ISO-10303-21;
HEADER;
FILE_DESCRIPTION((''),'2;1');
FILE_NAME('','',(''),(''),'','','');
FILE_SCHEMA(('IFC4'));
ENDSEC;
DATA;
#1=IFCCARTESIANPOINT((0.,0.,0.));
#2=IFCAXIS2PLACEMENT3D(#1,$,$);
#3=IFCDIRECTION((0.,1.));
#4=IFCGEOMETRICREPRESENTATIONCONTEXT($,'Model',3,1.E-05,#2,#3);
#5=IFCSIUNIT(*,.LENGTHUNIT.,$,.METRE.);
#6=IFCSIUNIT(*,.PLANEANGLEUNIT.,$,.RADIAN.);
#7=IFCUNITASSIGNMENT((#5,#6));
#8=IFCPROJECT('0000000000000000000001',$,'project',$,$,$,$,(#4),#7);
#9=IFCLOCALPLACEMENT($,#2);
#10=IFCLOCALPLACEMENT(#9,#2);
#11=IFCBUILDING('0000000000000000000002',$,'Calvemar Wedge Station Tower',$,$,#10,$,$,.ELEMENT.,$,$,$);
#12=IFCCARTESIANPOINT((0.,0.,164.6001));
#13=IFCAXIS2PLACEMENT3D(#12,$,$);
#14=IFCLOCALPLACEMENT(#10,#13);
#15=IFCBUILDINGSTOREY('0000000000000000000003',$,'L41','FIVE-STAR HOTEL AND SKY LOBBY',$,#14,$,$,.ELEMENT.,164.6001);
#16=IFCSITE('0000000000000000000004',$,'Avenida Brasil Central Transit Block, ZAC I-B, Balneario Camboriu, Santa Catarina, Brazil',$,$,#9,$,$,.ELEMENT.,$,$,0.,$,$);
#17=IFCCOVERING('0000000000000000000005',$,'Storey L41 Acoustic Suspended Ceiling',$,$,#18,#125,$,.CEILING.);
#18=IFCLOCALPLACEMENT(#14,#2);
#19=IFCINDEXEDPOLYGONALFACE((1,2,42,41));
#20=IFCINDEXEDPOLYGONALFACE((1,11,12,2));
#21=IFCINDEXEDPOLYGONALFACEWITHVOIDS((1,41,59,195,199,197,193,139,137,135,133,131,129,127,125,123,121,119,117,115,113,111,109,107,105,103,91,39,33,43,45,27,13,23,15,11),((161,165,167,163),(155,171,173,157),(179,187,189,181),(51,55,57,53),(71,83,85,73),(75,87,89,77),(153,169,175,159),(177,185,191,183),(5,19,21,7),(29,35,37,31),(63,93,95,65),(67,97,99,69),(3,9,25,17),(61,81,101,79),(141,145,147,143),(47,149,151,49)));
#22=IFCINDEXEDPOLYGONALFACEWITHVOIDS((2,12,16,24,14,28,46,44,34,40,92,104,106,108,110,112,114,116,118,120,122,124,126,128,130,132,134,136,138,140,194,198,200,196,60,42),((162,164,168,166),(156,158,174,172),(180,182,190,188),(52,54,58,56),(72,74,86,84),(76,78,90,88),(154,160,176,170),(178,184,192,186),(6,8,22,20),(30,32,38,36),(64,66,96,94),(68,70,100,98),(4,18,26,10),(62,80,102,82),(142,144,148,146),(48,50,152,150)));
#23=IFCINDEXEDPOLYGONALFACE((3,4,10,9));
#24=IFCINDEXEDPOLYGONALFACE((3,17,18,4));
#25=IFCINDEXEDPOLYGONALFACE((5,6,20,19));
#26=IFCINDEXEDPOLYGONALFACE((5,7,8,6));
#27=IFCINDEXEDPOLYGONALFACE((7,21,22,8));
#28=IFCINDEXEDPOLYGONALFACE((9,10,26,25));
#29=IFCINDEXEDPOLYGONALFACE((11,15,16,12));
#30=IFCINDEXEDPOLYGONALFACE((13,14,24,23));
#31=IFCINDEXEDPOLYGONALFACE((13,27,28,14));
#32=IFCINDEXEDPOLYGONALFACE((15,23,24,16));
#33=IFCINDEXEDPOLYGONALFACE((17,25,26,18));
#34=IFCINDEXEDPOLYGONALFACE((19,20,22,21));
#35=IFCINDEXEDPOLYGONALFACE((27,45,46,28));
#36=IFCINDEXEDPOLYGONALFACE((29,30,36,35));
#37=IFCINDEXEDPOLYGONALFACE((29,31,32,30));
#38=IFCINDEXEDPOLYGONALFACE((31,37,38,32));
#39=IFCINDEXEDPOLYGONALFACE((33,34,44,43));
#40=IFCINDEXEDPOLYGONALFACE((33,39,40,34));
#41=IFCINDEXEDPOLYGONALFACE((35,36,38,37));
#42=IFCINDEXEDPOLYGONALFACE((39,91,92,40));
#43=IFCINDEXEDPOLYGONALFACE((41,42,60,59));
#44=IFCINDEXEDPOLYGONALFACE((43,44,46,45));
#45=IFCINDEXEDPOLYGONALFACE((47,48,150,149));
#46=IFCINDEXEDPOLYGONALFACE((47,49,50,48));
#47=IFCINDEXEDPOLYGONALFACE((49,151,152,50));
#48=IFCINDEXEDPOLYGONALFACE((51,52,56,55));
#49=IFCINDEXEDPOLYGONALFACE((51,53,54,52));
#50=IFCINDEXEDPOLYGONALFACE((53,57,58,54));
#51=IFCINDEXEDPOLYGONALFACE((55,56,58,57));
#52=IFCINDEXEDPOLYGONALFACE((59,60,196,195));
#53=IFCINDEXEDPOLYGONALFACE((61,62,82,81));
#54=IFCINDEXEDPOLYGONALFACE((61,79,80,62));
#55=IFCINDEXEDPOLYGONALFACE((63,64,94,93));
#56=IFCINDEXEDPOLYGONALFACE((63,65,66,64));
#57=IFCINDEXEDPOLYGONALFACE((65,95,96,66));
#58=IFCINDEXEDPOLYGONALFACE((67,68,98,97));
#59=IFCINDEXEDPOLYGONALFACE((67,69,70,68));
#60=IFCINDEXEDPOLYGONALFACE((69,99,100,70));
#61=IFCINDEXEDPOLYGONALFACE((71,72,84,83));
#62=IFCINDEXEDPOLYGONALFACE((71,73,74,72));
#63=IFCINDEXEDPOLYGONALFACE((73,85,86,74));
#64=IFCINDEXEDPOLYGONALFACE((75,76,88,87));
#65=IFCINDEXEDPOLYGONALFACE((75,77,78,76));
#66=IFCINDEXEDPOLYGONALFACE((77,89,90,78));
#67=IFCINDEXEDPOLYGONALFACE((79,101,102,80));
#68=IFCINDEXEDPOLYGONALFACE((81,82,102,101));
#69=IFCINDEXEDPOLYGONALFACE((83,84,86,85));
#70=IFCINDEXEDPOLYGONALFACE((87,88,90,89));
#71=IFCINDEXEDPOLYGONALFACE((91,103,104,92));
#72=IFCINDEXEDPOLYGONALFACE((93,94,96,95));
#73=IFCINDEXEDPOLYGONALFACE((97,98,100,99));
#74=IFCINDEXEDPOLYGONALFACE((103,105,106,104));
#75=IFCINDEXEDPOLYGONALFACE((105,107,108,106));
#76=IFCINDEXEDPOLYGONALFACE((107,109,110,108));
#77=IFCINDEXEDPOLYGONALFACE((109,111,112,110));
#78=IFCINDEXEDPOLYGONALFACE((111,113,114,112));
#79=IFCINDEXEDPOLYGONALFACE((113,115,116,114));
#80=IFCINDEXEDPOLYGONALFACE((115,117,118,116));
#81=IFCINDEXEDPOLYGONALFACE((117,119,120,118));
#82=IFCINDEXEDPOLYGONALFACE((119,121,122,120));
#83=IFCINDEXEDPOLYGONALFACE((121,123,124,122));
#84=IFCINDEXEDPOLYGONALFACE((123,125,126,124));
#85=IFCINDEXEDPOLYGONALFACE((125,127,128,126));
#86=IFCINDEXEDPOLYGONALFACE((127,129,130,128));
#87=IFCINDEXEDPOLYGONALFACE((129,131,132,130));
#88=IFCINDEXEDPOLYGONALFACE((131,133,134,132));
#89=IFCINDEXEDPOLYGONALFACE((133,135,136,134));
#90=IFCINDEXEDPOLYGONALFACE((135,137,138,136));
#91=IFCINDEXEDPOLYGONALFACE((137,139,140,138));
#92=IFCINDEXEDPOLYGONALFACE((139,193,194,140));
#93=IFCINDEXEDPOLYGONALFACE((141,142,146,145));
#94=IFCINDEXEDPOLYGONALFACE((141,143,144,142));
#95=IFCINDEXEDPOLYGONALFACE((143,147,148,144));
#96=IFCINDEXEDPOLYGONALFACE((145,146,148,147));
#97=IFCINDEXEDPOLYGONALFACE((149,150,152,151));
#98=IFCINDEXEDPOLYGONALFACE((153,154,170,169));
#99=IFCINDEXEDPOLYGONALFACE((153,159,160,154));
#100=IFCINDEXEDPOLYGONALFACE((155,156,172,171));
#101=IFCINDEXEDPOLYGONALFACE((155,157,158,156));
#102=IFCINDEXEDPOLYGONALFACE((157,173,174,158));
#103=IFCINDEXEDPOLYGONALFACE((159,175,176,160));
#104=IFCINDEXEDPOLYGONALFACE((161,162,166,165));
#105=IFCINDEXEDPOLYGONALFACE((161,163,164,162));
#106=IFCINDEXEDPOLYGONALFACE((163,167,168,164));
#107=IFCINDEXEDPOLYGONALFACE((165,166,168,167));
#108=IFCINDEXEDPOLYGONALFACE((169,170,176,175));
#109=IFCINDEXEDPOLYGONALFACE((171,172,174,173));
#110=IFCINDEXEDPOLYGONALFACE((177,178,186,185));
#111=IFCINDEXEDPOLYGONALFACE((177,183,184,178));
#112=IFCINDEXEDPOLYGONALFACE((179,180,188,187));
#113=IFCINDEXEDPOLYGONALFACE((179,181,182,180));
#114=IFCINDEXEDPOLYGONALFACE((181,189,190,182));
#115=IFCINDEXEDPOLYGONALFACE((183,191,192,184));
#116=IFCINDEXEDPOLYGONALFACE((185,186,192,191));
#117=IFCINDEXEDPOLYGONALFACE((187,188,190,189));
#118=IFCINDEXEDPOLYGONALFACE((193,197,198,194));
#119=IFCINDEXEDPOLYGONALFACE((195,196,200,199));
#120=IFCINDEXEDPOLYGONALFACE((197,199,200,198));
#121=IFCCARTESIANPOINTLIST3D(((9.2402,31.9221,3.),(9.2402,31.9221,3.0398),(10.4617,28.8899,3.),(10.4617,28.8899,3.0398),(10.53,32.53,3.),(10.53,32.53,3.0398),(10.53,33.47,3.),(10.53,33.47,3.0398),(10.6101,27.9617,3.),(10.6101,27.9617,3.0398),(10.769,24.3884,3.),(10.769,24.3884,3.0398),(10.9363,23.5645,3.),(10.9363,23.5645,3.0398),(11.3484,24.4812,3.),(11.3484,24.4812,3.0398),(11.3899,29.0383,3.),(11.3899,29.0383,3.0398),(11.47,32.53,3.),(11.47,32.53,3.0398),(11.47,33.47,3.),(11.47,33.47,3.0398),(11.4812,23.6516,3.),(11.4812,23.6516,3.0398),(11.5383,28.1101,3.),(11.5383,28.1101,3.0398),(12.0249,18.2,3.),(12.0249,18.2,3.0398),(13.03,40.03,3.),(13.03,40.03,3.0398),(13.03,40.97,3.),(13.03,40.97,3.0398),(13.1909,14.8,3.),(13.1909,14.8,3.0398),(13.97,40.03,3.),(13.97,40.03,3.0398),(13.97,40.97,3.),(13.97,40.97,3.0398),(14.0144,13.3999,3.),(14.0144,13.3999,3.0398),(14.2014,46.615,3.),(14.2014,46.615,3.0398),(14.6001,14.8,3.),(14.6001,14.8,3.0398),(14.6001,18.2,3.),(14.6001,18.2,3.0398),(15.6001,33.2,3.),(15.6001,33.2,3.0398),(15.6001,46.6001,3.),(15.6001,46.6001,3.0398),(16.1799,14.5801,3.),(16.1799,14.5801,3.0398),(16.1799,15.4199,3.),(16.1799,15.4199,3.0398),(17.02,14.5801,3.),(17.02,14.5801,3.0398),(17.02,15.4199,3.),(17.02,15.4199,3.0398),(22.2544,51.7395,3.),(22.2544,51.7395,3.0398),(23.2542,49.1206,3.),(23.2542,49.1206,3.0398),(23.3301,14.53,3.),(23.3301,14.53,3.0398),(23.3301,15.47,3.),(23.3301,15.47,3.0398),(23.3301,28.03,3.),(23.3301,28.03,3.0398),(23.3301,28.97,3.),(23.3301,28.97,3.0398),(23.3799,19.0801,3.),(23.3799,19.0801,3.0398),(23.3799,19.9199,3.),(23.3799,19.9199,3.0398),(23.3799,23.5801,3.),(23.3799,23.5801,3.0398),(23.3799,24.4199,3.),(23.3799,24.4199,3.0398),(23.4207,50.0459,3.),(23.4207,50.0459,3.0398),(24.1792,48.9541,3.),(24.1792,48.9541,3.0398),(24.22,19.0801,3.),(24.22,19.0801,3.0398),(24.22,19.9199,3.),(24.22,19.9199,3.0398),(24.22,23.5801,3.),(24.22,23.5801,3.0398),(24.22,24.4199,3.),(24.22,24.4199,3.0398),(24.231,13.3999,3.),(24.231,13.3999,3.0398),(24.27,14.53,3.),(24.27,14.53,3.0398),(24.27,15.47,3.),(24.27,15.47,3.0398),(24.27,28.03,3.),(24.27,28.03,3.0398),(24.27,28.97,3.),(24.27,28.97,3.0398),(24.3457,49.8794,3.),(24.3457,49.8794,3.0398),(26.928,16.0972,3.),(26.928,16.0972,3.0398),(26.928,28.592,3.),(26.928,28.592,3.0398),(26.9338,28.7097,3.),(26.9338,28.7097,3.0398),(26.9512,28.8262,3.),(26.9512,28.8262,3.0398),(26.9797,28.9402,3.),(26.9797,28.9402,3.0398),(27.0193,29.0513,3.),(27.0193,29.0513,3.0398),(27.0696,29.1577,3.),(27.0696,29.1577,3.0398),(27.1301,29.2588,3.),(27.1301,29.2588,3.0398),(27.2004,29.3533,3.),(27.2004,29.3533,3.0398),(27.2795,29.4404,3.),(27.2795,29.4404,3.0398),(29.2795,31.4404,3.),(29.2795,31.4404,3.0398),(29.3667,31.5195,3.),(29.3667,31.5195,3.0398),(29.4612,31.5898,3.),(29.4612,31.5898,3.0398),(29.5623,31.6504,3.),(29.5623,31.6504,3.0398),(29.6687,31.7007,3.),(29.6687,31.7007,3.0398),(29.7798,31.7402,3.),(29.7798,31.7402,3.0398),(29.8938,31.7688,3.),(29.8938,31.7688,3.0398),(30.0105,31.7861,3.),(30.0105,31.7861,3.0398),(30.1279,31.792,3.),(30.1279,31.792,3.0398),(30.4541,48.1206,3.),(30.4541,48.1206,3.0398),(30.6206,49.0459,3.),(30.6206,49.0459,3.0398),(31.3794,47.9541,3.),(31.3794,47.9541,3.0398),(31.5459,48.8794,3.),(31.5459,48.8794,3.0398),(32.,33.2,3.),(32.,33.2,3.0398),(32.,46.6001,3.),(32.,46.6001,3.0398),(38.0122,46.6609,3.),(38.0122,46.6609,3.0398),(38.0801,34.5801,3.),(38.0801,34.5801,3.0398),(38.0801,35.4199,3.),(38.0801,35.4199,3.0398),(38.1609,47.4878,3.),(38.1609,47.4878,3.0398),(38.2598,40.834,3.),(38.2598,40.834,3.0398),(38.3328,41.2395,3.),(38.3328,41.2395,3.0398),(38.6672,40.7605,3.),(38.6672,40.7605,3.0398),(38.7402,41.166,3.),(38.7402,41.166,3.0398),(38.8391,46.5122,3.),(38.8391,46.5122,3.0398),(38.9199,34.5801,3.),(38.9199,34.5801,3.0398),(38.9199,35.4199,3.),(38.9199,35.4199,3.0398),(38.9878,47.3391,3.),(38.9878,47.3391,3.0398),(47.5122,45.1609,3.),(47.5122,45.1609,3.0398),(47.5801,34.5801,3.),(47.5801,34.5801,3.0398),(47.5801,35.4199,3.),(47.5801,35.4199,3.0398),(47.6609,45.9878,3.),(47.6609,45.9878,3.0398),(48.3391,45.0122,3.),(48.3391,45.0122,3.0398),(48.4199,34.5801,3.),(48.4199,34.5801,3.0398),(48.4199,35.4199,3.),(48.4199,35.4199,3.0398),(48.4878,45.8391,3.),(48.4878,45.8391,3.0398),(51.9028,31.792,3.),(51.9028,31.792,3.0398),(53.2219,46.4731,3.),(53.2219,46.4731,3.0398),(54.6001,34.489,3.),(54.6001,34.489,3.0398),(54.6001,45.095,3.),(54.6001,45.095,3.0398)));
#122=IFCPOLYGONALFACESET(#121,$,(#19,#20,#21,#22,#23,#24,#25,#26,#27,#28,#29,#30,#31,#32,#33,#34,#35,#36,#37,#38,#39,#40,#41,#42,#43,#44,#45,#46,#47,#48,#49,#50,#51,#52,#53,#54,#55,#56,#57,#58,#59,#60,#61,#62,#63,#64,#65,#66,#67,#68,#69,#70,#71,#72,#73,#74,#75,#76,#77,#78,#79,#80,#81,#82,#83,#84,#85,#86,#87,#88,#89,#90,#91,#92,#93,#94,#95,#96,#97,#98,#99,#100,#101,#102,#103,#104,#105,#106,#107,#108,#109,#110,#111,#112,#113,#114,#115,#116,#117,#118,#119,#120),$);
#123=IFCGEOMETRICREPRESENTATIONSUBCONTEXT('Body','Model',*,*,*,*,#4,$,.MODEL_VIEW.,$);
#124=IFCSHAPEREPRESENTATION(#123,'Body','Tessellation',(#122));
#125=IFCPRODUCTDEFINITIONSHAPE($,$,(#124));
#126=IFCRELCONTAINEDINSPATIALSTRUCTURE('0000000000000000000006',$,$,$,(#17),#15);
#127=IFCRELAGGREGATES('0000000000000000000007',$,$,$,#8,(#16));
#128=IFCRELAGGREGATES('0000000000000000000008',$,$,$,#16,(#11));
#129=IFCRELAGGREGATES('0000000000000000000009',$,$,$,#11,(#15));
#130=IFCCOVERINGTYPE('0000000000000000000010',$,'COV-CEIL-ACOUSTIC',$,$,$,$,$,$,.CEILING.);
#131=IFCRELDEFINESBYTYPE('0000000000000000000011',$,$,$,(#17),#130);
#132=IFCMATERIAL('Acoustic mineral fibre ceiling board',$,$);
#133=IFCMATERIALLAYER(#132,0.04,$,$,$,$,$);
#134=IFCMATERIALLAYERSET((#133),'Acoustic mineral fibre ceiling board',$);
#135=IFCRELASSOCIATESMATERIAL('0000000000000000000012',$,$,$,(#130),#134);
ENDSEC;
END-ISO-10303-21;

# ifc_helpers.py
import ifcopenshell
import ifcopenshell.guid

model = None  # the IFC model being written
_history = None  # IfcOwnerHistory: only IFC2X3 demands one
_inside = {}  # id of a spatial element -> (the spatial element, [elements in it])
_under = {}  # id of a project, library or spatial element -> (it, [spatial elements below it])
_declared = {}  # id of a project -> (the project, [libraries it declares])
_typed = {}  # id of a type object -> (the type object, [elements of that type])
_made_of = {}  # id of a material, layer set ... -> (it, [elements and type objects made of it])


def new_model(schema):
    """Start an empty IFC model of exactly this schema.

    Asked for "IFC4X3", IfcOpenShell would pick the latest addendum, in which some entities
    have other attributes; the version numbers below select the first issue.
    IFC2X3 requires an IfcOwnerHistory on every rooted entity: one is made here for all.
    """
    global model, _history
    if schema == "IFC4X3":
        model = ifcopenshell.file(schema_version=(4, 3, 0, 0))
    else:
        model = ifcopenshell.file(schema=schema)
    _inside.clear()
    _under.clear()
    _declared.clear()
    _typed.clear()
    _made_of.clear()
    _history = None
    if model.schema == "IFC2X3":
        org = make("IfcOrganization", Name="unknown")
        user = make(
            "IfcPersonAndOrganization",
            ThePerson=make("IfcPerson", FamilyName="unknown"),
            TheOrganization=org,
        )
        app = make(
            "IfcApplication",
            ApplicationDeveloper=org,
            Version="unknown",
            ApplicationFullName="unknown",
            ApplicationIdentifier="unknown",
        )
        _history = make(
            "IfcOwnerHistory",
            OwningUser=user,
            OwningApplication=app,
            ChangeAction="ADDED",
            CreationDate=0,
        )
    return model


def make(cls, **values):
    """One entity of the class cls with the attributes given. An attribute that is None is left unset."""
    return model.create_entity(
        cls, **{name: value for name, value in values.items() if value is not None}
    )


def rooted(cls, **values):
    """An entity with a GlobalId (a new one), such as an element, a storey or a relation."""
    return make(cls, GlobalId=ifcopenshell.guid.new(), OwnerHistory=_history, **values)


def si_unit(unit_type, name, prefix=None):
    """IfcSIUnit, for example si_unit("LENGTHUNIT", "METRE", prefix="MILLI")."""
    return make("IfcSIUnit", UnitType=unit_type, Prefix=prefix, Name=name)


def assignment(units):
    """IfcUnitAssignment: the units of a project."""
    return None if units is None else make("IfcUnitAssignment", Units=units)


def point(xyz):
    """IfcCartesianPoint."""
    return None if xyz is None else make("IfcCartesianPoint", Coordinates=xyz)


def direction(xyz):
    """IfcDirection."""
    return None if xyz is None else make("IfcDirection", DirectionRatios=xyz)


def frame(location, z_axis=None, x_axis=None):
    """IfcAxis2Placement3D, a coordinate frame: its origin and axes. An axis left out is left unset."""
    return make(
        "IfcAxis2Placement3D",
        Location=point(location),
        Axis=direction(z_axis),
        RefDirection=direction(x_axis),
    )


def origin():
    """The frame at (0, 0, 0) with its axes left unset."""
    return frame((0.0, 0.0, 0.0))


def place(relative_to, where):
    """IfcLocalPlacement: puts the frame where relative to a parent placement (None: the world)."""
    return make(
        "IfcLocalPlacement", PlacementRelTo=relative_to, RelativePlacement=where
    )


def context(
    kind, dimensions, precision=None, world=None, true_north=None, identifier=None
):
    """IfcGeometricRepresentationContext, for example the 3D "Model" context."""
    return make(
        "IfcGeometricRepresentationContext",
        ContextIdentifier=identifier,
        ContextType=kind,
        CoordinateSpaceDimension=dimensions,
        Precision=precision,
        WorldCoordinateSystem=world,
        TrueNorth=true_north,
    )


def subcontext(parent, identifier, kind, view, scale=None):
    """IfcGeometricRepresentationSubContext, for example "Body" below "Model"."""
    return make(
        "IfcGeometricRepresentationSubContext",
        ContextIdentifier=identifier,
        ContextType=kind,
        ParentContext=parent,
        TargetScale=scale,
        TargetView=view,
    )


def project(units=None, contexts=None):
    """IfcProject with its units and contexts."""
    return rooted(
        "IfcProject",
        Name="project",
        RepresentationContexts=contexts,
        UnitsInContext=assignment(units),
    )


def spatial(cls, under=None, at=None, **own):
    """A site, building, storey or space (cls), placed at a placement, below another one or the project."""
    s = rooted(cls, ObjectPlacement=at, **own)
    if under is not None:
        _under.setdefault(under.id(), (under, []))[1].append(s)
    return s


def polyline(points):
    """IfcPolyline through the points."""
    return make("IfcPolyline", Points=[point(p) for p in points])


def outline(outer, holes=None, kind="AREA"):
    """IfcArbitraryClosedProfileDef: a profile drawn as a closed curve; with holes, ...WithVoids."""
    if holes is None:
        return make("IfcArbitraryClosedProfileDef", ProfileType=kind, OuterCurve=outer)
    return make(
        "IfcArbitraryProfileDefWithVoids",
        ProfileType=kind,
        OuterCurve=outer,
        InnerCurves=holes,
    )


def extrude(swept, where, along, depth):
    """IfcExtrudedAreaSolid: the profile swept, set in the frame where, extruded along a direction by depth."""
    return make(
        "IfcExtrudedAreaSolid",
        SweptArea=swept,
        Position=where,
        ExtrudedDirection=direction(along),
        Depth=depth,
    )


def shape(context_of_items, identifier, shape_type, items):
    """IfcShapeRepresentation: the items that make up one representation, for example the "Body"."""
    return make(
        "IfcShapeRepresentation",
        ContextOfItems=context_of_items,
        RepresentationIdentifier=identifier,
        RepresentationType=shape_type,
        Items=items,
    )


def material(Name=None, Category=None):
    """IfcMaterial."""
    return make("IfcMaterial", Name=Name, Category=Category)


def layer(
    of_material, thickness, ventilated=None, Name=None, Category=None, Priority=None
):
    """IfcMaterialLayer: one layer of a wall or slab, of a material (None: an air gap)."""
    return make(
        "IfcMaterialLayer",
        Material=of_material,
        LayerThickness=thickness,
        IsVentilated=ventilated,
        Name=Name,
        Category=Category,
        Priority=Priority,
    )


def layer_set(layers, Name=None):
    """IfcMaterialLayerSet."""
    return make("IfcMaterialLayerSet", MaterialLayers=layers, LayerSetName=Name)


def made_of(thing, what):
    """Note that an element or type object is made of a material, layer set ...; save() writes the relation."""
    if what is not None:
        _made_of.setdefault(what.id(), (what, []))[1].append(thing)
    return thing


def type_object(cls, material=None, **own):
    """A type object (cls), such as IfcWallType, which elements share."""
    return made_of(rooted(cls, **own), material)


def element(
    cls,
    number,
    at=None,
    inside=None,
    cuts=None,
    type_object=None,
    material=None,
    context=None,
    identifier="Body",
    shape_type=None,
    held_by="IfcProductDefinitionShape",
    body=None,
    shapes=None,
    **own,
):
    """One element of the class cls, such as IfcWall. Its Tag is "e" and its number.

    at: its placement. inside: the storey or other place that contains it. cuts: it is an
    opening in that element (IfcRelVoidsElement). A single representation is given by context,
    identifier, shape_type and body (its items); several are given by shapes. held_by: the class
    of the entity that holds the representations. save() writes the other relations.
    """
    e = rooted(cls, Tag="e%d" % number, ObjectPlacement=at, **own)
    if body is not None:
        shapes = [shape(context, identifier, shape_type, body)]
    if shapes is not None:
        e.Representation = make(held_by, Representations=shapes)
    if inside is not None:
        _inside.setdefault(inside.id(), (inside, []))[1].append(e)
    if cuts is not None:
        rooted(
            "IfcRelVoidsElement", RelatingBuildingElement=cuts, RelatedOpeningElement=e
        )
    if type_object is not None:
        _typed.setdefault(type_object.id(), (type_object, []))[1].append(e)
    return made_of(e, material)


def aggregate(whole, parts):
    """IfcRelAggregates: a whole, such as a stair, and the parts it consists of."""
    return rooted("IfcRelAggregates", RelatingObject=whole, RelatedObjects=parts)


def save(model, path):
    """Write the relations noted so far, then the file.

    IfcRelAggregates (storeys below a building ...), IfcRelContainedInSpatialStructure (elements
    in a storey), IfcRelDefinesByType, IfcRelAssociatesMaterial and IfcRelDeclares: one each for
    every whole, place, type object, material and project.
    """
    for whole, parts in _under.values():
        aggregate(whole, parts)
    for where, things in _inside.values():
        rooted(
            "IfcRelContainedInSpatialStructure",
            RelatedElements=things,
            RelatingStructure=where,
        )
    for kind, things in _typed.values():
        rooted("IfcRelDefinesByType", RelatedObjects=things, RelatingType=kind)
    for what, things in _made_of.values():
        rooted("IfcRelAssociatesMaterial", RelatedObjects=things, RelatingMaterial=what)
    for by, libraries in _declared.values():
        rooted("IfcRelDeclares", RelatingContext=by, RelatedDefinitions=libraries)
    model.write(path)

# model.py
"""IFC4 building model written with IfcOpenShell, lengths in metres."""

from ifc_helpers import new_model, si_unit, direction, frame, origin, place, context, subcontext, project, spatial, polyline, outline, extrude, material, layer, layer_set, type_object, element, save


model = new_model("IFC4")

# Units and contexts
model_context = context("Model", 3, precision=1e-05, world=origin(), true_north=direction((0.0, 1.0)))
body_context = subcontext(model_context, "Body", "Model", "MODEL_VIEW")
ifc_project = project(units=[si_unit("LENGTHUNIT", "METRE"), si_unit("PLANEANGLEUNIT", "RADIAN")], contexts=[model_context])

# Site, building, storey
site_placement = place(None, origin())
site = spatial("IfcSite", under=ifc_project, at=site_placement, Name="Avenida Brasil Central Transit Block, ZAC I-B, Balneario Camboriu, Santa Catarina, Brazil", CompositionType="ELEMENT", RefElevation=0.0)
building_placement = place(site_placement, origin())
building = spatial("IfcBuilding", under=site, at=building_placement, Name="Calvemar Wedge Station Tower", CompositionType="ELEMENT")
storey_placement = place(building_placement, frame((0.0, 0.0, 164.6001)))
storey = spatial("IfcBuildingStorey", under=building, at=storey_placement, Name="L41", Description="FIVE-STAR HOTEL AND SKY LOBBY", CompositionType="ELEMENT", Elevation=164.6001)

# Covering
ifc_material_1 = material(Name="Acoustic mineral fibre ceiling board")
ifc_layer_1 = layer(ifc_material_1, 0.04)
ifc_layer_set_1 = layer_set([ifc_layer_1], Name="Acoustic mineral fibre ceiling board")
covering_type_1 = type_object("IfcCoveringType", Name="COV-CEIL-ACOUSTIC", PredefinedType="CEILING", material=ifc_layer_set_1)
covering_1_placement = place(storey_placement, frame((0.0, 0.0, 3.0)))
element("IfcCovering", 1, at=covering_1_placement, inside=storey, type_object=covering_type_1, Name="Storey L41 Acoustic Suspended Ceiling", PredefinedType="CEILING", context=body_context, shape_type="SweptSolid", body=[
    extrude(outline(polyline([(27.2795, 29.4404), (29.2795, 31.4404), (29.3667, 31.5195), (29.4612, 31.5898), (29.5623, 31.6504), (29.6687, 31.7007), (29.7798, 31.7402), (29.8938, 31.7688), (30.0105, 31.7861), (30.1279, 31.792), (51.9028, 31.792), (54.6001, 34.489), (54.6001, 45.095), (53.2219, 46.4731), (22.2544, 51.7395), (14.2014, 46.615), (9.2402, 31.9221), (10.769, 24.3884), (11.3484, 24.4812), (11.4812, 23.6516), (10.9363, 23.5645), (12.0249, 18.2), (14.6001, 18.2), (14.6001, 14.8), (13.1909, 14.8), (14.0144, 13.3999), (24.231, 13.3999), (26.928, 16.0972), (26.928, 28.592), (26.9338, 28.7097), (26.9512, 28.8262), (26.9797, 28.9402), (27.0193, 29.0513), (27.0696, 29.1577), (27.1301, 29.2588), (27.2004, 29.3533), (27.2795, 29.4404)]), holes=[polyline([(15.6001, 46.6001), (32.0, 46.6001), (32.0, 33.2), (15.6001, 33.2), (15.6001, 46.6001)]), polyline([(10.53, 32.53), (10.53, 33.47), (11.47, 33.47), (11.47, 32.53), (10.53, 32.53)]), polyline([(13.03, 40.97), (13.97, 40.97), (13.97, 40.03), (13.03, 40.03), (13.03, 40.97)]), polyline([(24.3457, 49.8794), (24.1792, 48.9541), (23.2542, 49.1206), (23.4207, 50.0459), (24.3457, 49.8794)]), polyline([(31.3794, 47.9541), (30.4541, 48.1206), (30.6206, 49.0459), (31.5459, 48.8794), (31.3794, 47.9541)]), polyline([(38.0122, 46.6609), (38.1609, 47.4878), (38.9878, 47.3391), (38.8391, 46.5122), (38.0122, 46.6609)]), polyline([(47.6609, 45.9878), (48.4878, 45.8391), (48.3391, 45.0122), (47.5122, 45.1609), (47.6609, 45.9878)]), polyline([(38.9199, 35.4199), (38.9199, 34.5801), (38.0801, 34.5801), (38.0801, 35.4199), (38.9199, 35.4199)]), polyline([(48.4199, 34.5801), (47.5801, 34.5801), (47.5801, 35.4199), (48.4199, 35.4199), (48.4199, 34.5801)]), polyline([(38.2598, 40.834), (38.3328, 41.2395), (38.7402, 41.166), (38.6672, 40.7605), (38.2598, 40.834)]), polyline([(11.3899, 29.0383), (11.5383, 28.1101), (10.6101, 27.9617), (10.4617, 28.8899), (11.3899, 29.0383)]), polyline([(24.27, 28.03), (23.3301, 28.03), (23.3301, 28.97), (24.27, 28.97), (24.27, 28.03)]), polyline([(23.3799, 23.5801), (23.3799, 24.4199), (24.22, 24.4199), (24.22, 23.5801), (23.3799, 23.5801)]), polyline([(23.3799, 19.9199), (24.22, 19.9199), (24.22, 19.0801), (23.3799, 19.0801), (23.3799, 19.9199)]), polyline([(24.27, 15.47), (24.27, 14.53), (23.3301, 14.53), (23.3301, 15.47), (24.27, 15.47)]), polyline([(17.02, 14.5801), (16.1799, 14.5801), (16.1799, 15.4199), (17.02, 15.4199), (17.02, 14.5801)])]), origin(), (0.0, 0.0, 1.0), 0.0398),
])

save(model, "model.ifc")
